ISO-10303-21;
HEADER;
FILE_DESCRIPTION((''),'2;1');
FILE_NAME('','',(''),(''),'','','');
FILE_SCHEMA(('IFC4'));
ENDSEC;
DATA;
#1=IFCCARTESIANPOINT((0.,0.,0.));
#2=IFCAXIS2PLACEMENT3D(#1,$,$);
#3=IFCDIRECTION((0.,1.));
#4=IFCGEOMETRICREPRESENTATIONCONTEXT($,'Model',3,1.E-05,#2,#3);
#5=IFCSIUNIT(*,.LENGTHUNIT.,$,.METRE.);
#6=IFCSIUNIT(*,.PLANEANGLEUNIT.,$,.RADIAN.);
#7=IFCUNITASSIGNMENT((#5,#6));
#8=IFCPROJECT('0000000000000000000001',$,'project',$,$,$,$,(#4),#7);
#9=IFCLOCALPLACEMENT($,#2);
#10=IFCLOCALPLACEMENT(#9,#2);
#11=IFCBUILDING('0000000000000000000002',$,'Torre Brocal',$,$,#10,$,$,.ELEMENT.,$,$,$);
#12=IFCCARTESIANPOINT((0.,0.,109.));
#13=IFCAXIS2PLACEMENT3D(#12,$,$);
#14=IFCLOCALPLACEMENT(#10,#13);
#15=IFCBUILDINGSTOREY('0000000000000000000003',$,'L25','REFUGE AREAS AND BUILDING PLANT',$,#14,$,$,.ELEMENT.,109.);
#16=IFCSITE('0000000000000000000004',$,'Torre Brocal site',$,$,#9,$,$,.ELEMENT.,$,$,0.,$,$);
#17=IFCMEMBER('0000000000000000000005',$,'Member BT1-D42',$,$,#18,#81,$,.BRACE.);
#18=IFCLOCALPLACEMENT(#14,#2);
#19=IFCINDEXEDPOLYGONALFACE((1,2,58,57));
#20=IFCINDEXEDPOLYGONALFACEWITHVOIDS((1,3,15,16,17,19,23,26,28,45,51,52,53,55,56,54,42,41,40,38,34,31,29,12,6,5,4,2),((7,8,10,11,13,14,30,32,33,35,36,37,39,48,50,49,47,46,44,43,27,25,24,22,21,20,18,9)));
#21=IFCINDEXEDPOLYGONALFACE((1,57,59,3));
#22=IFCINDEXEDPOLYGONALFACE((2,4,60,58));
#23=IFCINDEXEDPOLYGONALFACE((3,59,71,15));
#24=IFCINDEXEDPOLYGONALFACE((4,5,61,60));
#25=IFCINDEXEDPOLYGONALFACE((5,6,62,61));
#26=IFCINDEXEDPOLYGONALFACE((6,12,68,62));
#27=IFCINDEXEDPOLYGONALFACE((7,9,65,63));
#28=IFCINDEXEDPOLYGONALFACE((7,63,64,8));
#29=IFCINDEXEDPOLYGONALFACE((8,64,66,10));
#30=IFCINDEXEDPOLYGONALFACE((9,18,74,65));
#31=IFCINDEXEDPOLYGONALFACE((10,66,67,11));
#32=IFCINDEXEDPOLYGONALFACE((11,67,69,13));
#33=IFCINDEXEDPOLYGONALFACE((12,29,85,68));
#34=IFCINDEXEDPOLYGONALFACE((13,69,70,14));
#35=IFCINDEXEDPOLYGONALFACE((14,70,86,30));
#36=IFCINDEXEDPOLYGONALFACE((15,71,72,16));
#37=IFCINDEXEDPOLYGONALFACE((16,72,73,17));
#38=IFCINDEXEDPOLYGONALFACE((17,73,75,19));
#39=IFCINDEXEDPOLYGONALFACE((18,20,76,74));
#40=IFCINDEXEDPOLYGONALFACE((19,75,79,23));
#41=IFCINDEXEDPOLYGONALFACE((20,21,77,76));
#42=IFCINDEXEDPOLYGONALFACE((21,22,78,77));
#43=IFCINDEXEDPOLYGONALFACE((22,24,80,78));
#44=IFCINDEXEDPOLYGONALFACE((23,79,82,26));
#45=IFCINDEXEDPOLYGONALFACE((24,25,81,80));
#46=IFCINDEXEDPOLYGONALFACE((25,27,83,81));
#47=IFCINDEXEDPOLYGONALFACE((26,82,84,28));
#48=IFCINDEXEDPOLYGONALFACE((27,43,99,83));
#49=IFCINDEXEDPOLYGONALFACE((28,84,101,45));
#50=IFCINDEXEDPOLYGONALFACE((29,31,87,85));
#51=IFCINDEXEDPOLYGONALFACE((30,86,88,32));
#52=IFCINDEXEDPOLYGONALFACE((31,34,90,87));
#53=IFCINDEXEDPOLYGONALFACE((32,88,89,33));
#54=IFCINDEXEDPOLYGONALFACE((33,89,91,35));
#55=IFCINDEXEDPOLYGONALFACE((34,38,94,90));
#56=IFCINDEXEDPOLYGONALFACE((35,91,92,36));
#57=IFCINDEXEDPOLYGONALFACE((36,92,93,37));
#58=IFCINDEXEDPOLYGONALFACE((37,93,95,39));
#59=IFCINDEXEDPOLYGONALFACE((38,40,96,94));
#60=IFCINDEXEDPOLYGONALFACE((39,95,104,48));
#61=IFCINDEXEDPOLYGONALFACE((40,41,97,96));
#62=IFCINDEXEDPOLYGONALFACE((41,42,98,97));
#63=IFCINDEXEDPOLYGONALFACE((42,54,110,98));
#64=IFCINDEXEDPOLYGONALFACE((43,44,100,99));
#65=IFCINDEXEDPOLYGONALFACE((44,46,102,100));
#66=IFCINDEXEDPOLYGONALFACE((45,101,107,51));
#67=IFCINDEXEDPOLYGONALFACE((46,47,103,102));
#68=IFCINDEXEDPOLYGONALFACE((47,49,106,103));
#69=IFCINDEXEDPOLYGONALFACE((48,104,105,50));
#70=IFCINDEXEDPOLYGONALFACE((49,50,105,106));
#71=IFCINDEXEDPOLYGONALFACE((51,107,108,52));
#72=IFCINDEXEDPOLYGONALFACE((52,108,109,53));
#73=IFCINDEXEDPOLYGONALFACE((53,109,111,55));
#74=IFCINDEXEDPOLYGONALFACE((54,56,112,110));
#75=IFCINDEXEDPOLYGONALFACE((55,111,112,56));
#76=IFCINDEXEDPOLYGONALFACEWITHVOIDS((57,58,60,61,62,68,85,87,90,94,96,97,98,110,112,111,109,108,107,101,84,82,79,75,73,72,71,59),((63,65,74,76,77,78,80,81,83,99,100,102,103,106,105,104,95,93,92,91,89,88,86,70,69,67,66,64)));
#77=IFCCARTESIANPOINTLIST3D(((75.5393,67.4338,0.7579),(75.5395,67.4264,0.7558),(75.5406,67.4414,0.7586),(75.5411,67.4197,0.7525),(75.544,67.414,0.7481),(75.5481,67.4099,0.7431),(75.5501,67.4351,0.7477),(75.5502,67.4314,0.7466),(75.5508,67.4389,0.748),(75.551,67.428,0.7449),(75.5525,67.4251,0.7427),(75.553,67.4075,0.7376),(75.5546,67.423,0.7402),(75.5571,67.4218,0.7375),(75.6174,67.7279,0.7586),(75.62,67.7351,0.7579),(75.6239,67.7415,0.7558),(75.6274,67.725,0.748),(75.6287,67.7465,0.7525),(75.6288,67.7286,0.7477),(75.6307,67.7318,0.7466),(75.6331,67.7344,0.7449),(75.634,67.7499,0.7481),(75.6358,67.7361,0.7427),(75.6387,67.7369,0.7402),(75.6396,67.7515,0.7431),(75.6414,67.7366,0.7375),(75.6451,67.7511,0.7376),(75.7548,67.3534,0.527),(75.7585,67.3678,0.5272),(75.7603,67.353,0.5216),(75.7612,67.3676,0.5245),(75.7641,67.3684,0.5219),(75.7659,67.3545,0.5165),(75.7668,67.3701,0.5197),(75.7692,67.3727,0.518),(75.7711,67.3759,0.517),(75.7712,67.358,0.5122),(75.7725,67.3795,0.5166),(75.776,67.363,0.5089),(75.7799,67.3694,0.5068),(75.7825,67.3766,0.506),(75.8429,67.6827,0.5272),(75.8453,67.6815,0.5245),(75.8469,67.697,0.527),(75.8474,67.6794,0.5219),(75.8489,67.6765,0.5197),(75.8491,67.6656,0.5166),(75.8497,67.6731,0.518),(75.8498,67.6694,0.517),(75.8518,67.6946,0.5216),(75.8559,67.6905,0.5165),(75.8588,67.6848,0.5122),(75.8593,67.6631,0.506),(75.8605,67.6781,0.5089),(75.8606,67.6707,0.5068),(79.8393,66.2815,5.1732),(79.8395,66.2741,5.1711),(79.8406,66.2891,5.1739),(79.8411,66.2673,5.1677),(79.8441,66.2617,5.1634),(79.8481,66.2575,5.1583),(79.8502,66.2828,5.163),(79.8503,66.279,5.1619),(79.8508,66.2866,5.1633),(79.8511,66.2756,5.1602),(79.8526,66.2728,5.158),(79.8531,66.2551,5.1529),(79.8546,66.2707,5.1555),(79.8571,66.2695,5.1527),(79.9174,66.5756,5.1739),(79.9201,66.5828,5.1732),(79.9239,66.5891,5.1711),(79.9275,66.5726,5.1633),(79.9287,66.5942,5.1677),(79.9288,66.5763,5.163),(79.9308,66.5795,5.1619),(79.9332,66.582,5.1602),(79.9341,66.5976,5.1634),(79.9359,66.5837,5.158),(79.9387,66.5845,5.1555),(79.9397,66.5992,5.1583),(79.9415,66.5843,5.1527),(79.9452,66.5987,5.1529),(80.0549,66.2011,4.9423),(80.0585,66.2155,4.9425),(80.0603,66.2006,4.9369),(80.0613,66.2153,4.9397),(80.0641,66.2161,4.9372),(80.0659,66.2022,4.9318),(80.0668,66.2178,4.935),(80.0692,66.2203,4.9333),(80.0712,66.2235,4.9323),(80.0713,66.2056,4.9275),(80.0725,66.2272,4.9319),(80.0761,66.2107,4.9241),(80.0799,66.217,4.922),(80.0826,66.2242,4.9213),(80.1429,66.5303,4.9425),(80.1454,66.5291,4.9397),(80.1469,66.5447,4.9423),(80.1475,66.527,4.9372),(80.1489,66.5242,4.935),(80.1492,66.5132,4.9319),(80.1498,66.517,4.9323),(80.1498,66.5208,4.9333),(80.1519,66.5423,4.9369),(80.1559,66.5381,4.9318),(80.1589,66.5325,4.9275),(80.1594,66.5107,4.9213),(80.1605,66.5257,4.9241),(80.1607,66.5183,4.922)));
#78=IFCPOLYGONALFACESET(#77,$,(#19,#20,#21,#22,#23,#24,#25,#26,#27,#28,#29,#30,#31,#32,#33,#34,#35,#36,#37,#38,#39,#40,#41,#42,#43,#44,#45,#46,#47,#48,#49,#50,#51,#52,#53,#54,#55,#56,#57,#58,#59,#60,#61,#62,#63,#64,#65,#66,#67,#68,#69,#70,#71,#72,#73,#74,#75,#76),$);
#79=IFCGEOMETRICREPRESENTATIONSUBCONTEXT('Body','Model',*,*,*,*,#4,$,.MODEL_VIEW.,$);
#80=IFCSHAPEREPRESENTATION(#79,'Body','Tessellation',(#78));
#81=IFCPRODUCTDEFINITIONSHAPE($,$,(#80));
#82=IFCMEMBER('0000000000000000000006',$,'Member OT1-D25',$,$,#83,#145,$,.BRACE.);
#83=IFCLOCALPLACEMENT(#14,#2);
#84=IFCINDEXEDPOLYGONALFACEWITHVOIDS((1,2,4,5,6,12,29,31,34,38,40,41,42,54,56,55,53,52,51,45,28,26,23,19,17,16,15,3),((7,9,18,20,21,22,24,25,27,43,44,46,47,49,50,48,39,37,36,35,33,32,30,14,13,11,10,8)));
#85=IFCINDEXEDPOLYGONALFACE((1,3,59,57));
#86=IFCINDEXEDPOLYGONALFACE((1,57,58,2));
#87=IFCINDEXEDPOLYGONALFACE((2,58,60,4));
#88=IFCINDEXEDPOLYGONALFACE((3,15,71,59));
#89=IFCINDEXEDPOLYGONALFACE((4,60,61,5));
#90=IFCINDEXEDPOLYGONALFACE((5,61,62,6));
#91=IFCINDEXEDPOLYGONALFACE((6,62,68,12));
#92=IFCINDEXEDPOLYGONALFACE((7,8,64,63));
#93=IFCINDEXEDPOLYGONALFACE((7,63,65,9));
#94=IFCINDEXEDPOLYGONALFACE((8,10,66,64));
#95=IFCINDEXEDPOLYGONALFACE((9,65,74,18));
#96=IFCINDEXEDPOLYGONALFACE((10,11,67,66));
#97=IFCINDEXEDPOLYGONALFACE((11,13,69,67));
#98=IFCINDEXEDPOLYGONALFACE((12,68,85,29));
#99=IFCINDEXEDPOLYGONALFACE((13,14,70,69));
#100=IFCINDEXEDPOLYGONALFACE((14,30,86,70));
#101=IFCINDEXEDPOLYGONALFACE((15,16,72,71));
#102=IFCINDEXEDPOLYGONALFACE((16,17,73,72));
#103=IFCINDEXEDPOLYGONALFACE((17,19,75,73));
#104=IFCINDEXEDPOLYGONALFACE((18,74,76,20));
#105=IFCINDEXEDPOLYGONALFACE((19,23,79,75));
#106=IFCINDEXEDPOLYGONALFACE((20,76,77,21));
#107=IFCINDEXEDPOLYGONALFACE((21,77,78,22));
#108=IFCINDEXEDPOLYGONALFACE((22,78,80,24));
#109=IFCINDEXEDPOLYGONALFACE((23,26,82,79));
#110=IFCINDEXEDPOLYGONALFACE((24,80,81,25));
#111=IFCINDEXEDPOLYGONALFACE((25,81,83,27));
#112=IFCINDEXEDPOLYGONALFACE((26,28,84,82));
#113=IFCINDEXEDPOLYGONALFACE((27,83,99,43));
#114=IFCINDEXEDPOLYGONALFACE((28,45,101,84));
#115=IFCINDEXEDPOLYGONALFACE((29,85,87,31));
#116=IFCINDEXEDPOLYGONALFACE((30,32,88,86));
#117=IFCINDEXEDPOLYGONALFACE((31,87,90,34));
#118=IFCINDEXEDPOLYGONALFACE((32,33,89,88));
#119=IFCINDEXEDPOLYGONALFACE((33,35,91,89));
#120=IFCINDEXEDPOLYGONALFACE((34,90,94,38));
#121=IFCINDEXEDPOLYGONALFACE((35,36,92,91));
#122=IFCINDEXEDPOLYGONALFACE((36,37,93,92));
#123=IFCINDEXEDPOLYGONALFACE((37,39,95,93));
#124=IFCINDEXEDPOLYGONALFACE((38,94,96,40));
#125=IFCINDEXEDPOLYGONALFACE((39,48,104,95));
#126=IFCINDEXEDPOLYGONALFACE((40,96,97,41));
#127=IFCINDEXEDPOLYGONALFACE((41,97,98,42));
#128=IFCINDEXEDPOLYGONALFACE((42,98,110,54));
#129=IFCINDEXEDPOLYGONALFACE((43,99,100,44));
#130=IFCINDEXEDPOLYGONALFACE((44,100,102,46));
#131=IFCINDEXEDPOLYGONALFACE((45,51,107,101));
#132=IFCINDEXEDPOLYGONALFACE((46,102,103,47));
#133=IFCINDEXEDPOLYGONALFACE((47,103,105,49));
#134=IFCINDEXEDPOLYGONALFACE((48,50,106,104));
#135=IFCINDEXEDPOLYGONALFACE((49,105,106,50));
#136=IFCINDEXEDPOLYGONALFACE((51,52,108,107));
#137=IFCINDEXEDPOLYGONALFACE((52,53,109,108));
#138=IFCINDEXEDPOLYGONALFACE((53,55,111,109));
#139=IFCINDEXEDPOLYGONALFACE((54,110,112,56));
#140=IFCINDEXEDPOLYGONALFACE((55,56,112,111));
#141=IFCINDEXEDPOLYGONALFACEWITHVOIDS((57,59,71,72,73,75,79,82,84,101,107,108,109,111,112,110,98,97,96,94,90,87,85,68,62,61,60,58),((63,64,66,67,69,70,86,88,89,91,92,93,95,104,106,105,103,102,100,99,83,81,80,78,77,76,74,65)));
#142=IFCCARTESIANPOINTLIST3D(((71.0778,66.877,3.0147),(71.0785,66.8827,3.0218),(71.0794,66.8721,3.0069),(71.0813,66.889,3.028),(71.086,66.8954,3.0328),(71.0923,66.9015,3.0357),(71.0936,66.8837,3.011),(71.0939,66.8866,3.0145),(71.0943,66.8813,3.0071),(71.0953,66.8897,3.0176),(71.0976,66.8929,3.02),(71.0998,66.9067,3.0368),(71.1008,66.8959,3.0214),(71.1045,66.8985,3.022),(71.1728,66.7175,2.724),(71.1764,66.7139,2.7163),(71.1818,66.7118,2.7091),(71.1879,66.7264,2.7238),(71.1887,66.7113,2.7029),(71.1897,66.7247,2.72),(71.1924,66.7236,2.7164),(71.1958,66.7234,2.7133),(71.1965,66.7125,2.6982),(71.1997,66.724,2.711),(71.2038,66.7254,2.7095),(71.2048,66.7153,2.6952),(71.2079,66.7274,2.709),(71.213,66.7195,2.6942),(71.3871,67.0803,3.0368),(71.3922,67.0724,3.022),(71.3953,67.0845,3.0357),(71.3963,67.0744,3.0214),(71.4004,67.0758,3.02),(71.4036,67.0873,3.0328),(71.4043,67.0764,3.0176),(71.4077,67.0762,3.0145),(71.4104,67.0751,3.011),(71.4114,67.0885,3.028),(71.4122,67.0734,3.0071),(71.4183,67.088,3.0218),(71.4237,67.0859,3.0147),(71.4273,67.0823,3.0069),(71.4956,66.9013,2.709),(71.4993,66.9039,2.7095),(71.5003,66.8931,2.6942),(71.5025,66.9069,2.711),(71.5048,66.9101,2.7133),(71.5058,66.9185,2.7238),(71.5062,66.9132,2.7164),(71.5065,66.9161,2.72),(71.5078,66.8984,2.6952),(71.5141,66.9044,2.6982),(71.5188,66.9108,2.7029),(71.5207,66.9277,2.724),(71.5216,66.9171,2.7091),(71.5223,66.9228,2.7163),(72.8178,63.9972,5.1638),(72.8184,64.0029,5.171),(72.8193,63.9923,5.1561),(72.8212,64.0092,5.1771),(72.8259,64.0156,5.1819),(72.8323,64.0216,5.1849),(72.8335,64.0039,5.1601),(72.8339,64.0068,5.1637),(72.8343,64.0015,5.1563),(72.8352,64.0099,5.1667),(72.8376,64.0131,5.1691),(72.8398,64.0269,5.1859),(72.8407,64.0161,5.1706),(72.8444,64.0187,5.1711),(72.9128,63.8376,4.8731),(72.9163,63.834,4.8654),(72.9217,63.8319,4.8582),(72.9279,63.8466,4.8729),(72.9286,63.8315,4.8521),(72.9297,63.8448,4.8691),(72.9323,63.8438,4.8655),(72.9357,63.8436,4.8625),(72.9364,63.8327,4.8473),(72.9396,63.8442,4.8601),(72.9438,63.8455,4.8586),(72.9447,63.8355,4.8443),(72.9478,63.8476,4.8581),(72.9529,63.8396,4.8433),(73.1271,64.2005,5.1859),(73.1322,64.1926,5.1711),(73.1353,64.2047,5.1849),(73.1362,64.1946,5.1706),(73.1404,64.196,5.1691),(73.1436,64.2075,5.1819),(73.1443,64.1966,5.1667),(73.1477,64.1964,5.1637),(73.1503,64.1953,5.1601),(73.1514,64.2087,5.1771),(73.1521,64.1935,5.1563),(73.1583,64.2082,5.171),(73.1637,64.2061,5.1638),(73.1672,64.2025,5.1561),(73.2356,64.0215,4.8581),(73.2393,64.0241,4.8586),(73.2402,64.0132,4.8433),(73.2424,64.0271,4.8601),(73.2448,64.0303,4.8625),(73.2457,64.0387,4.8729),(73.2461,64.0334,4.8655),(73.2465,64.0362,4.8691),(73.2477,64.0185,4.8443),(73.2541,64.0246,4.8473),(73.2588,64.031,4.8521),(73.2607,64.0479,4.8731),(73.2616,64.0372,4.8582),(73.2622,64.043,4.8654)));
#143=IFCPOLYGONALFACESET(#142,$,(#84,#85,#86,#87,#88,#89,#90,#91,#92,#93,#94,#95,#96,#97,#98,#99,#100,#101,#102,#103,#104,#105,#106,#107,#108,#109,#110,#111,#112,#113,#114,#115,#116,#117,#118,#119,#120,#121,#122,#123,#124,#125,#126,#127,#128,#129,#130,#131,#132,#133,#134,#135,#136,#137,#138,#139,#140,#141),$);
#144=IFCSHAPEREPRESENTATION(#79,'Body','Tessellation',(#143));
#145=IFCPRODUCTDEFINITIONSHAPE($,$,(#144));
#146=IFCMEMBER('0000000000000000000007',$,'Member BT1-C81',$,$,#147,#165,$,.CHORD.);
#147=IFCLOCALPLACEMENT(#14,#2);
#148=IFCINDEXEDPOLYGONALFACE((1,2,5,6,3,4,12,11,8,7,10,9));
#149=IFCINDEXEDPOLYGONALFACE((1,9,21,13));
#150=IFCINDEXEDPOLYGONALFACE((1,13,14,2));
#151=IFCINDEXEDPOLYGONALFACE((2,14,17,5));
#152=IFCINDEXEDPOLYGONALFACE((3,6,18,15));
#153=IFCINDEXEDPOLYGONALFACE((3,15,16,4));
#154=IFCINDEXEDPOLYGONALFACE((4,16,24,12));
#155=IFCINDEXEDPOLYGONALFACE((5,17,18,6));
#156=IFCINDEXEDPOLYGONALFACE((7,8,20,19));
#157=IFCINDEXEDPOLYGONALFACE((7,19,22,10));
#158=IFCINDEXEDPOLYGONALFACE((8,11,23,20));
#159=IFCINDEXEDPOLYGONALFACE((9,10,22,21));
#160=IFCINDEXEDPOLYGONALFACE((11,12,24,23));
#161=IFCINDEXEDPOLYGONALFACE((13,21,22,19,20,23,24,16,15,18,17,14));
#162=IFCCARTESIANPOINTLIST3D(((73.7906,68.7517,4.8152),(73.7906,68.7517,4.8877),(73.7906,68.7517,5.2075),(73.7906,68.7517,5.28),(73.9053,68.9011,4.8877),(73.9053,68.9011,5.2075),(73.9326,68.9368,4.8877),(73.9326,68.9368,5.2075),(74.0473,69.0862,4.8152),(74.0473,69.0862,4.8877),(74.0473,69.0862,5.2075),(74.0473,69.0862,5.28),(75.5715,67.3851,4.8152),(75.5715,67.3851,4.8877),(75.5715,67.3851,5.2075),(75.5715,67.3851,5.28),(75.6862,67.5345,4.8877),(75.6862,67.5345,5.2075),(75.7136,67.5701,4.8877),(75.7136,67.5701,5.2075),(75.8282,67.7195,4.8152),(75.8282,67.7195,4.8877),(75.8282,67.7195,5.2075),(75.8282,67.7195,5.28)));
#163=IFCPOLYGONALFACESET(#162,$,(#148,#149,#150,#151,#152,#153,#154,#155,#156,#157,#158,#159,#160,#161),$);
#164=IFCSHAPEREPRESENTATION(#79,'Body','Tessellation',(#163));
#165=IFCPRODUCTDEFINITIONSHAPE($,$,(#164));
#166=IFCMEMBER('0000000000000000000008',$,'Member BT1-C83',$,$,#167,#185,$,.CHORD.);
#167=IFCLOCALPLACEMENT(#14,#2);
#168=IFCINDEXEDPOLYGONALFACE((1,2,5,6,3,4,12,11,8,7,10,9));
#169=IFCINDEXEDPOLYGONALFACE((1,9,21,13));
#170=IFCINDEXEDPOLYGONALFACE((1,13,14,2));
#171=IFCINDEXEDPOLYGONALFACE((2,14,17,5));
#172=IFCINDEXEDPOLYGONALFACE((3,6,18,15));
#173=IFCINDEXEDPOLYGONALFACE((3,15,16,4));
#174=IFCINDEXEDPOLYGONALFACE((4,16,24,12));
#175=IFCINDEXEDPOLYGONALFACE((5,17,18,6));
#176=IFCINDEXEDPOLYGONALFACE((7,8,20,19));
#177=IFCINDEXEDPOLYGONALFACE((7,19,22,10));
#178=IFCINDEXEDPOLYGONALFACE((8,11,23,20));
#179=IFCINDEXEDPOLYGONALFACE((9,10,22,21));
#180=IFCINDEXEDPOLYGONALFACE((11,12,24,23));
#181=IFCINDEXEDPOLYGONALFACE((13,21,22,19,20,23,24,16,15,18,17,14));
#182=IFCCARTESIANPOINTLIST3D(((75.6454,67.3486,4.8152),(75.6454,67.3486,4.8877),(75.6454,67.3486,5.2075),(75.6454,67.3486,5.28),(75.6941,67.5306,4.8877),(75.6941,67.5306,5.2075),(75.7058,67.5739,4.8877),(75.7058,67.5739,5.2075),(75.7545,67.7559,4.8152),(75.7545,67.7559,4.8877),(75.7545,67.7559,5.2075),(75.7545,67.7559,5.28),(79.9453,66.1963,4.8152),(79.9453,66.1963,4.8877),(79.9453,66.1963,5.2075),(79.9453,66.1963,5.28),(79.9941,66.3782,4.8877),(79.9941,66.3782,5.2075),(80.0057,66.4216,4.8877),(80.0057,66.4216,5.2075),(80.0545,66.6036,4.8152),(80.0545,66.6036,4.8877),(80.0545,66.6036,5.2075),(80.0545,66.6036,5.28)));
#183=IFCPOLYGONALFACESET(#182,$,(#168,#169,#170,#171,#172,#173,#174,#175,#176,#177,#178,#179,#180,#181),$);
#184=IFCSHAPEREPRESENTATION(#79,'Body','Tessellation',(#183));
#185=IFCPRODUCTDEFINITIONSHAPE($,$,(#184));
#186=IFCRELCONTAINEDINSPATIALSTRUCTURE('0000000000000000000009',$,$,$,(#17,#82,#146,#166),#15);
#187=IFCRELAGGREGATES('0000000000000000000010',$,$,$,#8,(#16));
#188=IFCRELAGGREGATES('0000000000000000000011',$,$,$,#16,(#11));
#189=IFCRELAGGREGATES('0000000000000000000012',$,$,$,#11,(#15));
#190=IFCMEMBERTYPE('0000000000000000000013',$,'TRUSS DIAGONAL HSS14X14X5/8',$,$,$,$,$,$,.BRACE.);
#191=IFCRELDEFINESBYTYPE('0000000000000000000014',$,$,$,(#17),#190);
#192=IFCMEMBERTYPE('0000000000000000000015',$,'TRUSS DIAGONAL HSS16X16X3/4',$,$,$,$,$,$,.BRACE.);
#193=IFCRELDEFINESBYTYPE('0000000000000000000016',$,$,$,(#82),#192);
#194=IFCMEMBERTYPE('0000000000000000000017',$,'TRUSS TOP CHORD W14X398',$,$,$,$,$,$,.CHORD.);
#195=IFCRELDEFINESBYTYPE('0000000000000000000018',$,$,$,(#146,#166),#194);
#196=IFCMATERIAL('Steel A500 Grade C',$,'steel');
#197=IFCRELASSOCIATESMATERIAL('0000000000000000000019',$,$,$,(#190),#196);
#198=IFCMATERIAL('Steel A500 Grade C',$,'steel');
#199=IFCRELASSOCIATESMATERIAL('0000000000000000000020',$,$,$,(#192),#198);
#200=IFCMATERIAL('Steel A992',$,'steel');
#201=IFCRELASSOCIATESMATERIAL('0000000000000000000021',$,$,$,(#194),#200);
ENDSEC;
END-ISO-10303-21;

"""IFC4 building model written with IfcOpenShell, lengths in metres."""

from ifc_helpers import new_model, si_unit, direction, frame, origin, origin_2d, place, context, subcontext, project, spatial, hollow_rectangle, i_section, extrude, material, material_profile, profile_set, type_object, element, save


model = new_model("IFC4")

# Units and contexts
model_context = context("Model", 3, precision=1e-05, world=origin(), true_north=direction((0.0, 1.0)))
body_context = subcontext(model_context, "Body", "Model", "MODEL_VIEW")
ifc_project = project(units=[si_unit("LENGTHUNIT", "METRE"), si_unit("PLANEANGLEUNIT", "RADIAN")], contexts=[model_context])

# Site, building, storey
site_placement = place(None, origin())
site = spatial("IfcSite", under=ifc_project, at=site_placement, Name="Torre Brocal site", CompositionType="ELEMENT", RefElevation=0.0)
building_placement = place(site_placement, origin())
building = spatial("IfcBuilding", under=site, at=building_placement, Name="Torre Brocal", CompositionType="ELEMENT")
storey_placement = place(building_placement, frame((0.0, 0.0, 109.0)))
storey = spatial("IfcBuildingStorey", under=building, at=storey_placement, Name="L25", Description="REFUGE AREAS AND BUILDING PLANT", CompositionType="ELEMENT", Elevation=109.0)

# Members
ifc_material_1 = material(Name="Steel A500 Grade C", Category="steel")
ifc_material_profile_1 = material_profile(ifc_material_1, hollow_rectangle(XDim=0.3557, YDim=0.3557, WallThickness=0.0149, InnerFilletRadius=0.0149, OuterFilletRadius=0.0295, at=origin_2d()), Name="HSS14X14X5/8")
ifc_profile_set_1 = profile_set([ifc_material_profile_1], Name="Steel A500 Grade C")
member_type_1 = type_object("IfcMemberType", Name="TRUSS DIAGONAL HSS14X14X5/8", PredefinedType="BRACE", material=ifc_profile_set_1)
member_1_placement = place(storey_placement, frame((75.7, 67.5522, 0.6323), z_axis=(0.685812, -0.183787, 0.704191), x_axis=(0.25885, 0.965917, 0.0)))
element("IfcMember", 1, at=member_1_placement, inside=storey, type_object=member_type_1, Name="Member BT1-D42", PredefinedType="BRACE", context=body_context, shape_type="SweptSolid", body=[
    extrude(hollow_rectangle(XDim=0.3557, YDim=0.3557, WallThickness=0.0149, InnerFilletRadius=0.0149, OuterFilletRadius=0.0295, at=origin_2d()), origin(), (0.0, 0.0, 1.0), 6.27),
])
ifc_material_2 = material(Name="Steel A500 Grade C", Category="steel")
ifc_material_profile_2 = material_profile(ifc_material_2, hollow_rectangle(XDim=0.4065, YDim=0.4065, WallThickness=0.0176, InnerFilletRadius=0.0176, OuterFilletRadius=0.0354, at=origin_2d()), Name="HSS16X16X3/4")
ifc_profile_set_2 = profile_set([ifc_material_profile_2], Name="Steel A500 Grade C")
member_type_2 = type_object("IfcMemberType", Name="TRUSS DIAGONAL HSS16X16X3/4", PredefinedType="BRACE", material=ifc_profile_set_2)
member_2_placement = place(storey_placement, frame((71.3, 66.8999, 2.8655), z_axis=(0.435812, -0.721319, 0.538299), x_axis=(0.855908, 0.517129, 0.0)))
element("IfcMember", 2, at=member_2_placement, inside=storey, type_object=member_type_2, Name="Member OT1-D25", PredefinedType="BRACE", context=body_context, shape_type="SweptSolid", body=[
    extrude(hollow_rectangle(XDim=0.4065, YDim=0.4065, WallThickness=0.0176, InnerFilletRadius=0.0176, OuterFilletRadius=0.0354, at=origin_2d()), origin(), (0.0, 0.0, 1.0), 3.9924),
])
ifc_material_3 = material(Name="Steel A992", Category="steel")
ifc_material_profile_3 = material_profile(ifc_material_3, i_section(OverallWidth=0.4216, OverallDepth=0.4648, WebThickness=0.0449, FlangeThickness=0.0725, at=origin_2d()), Name="W14X398")
ifc_profile_set_3 = profile_set([ifc_material_profile_3], Name="Steel A992")
member_type_3 = type_object("IfcMemberType", Name="TRUSS TOP CHORD W14X398", PredefinedType="CHORD", material=ifc_profile_set_3)
member_3_placement = place(storey_placement, frame((73.9189, 68.9189, 5.0476), z_axis=(0.793335, -0.608785, 0.0), x_axis=(0.608785, 0.793335, 0.0)))
element("IfcMember", 3, at=member_3_placement, inside=storey, type_object=member_type_3, Name="Member BT1-C81", PredefinedType="CHORD", context=body_context, shape_type="SweptSolid", body=[
    extrude(i_section(OverallWidth=0.4216, OverallDepth=0.4648, WebThickness=0.0449, FlangeThickness=0.0725, at=origin_2d()), origin(), (0.0, 0.0, 1.0), 2.2449),
])
member_4_placement = place(storey_placement, frame((75.7, 67.5522, 5.0476), z_axis=(0.965917, -0.25885, 0.0), x_axis=(0.25885, 0.965917, 0.0)))
element("IfcMember", 4, at=member_4_placement, inside=storey, type_object=member_type_3, Name="Member BT1-C83", PredefinedType="CHORD", context=body_context, shape_type="SweptSolid", body=[
    extrude(i_section(OverallWidth=0.4216, OverallDepth=0.4648, WebThickness=0.0449, FlangeThickness=0.0725, at=origin_2d()), origin(), (0.0, 0.0, 1.0), 4.4517),
])

save(model, "model.ifc")
